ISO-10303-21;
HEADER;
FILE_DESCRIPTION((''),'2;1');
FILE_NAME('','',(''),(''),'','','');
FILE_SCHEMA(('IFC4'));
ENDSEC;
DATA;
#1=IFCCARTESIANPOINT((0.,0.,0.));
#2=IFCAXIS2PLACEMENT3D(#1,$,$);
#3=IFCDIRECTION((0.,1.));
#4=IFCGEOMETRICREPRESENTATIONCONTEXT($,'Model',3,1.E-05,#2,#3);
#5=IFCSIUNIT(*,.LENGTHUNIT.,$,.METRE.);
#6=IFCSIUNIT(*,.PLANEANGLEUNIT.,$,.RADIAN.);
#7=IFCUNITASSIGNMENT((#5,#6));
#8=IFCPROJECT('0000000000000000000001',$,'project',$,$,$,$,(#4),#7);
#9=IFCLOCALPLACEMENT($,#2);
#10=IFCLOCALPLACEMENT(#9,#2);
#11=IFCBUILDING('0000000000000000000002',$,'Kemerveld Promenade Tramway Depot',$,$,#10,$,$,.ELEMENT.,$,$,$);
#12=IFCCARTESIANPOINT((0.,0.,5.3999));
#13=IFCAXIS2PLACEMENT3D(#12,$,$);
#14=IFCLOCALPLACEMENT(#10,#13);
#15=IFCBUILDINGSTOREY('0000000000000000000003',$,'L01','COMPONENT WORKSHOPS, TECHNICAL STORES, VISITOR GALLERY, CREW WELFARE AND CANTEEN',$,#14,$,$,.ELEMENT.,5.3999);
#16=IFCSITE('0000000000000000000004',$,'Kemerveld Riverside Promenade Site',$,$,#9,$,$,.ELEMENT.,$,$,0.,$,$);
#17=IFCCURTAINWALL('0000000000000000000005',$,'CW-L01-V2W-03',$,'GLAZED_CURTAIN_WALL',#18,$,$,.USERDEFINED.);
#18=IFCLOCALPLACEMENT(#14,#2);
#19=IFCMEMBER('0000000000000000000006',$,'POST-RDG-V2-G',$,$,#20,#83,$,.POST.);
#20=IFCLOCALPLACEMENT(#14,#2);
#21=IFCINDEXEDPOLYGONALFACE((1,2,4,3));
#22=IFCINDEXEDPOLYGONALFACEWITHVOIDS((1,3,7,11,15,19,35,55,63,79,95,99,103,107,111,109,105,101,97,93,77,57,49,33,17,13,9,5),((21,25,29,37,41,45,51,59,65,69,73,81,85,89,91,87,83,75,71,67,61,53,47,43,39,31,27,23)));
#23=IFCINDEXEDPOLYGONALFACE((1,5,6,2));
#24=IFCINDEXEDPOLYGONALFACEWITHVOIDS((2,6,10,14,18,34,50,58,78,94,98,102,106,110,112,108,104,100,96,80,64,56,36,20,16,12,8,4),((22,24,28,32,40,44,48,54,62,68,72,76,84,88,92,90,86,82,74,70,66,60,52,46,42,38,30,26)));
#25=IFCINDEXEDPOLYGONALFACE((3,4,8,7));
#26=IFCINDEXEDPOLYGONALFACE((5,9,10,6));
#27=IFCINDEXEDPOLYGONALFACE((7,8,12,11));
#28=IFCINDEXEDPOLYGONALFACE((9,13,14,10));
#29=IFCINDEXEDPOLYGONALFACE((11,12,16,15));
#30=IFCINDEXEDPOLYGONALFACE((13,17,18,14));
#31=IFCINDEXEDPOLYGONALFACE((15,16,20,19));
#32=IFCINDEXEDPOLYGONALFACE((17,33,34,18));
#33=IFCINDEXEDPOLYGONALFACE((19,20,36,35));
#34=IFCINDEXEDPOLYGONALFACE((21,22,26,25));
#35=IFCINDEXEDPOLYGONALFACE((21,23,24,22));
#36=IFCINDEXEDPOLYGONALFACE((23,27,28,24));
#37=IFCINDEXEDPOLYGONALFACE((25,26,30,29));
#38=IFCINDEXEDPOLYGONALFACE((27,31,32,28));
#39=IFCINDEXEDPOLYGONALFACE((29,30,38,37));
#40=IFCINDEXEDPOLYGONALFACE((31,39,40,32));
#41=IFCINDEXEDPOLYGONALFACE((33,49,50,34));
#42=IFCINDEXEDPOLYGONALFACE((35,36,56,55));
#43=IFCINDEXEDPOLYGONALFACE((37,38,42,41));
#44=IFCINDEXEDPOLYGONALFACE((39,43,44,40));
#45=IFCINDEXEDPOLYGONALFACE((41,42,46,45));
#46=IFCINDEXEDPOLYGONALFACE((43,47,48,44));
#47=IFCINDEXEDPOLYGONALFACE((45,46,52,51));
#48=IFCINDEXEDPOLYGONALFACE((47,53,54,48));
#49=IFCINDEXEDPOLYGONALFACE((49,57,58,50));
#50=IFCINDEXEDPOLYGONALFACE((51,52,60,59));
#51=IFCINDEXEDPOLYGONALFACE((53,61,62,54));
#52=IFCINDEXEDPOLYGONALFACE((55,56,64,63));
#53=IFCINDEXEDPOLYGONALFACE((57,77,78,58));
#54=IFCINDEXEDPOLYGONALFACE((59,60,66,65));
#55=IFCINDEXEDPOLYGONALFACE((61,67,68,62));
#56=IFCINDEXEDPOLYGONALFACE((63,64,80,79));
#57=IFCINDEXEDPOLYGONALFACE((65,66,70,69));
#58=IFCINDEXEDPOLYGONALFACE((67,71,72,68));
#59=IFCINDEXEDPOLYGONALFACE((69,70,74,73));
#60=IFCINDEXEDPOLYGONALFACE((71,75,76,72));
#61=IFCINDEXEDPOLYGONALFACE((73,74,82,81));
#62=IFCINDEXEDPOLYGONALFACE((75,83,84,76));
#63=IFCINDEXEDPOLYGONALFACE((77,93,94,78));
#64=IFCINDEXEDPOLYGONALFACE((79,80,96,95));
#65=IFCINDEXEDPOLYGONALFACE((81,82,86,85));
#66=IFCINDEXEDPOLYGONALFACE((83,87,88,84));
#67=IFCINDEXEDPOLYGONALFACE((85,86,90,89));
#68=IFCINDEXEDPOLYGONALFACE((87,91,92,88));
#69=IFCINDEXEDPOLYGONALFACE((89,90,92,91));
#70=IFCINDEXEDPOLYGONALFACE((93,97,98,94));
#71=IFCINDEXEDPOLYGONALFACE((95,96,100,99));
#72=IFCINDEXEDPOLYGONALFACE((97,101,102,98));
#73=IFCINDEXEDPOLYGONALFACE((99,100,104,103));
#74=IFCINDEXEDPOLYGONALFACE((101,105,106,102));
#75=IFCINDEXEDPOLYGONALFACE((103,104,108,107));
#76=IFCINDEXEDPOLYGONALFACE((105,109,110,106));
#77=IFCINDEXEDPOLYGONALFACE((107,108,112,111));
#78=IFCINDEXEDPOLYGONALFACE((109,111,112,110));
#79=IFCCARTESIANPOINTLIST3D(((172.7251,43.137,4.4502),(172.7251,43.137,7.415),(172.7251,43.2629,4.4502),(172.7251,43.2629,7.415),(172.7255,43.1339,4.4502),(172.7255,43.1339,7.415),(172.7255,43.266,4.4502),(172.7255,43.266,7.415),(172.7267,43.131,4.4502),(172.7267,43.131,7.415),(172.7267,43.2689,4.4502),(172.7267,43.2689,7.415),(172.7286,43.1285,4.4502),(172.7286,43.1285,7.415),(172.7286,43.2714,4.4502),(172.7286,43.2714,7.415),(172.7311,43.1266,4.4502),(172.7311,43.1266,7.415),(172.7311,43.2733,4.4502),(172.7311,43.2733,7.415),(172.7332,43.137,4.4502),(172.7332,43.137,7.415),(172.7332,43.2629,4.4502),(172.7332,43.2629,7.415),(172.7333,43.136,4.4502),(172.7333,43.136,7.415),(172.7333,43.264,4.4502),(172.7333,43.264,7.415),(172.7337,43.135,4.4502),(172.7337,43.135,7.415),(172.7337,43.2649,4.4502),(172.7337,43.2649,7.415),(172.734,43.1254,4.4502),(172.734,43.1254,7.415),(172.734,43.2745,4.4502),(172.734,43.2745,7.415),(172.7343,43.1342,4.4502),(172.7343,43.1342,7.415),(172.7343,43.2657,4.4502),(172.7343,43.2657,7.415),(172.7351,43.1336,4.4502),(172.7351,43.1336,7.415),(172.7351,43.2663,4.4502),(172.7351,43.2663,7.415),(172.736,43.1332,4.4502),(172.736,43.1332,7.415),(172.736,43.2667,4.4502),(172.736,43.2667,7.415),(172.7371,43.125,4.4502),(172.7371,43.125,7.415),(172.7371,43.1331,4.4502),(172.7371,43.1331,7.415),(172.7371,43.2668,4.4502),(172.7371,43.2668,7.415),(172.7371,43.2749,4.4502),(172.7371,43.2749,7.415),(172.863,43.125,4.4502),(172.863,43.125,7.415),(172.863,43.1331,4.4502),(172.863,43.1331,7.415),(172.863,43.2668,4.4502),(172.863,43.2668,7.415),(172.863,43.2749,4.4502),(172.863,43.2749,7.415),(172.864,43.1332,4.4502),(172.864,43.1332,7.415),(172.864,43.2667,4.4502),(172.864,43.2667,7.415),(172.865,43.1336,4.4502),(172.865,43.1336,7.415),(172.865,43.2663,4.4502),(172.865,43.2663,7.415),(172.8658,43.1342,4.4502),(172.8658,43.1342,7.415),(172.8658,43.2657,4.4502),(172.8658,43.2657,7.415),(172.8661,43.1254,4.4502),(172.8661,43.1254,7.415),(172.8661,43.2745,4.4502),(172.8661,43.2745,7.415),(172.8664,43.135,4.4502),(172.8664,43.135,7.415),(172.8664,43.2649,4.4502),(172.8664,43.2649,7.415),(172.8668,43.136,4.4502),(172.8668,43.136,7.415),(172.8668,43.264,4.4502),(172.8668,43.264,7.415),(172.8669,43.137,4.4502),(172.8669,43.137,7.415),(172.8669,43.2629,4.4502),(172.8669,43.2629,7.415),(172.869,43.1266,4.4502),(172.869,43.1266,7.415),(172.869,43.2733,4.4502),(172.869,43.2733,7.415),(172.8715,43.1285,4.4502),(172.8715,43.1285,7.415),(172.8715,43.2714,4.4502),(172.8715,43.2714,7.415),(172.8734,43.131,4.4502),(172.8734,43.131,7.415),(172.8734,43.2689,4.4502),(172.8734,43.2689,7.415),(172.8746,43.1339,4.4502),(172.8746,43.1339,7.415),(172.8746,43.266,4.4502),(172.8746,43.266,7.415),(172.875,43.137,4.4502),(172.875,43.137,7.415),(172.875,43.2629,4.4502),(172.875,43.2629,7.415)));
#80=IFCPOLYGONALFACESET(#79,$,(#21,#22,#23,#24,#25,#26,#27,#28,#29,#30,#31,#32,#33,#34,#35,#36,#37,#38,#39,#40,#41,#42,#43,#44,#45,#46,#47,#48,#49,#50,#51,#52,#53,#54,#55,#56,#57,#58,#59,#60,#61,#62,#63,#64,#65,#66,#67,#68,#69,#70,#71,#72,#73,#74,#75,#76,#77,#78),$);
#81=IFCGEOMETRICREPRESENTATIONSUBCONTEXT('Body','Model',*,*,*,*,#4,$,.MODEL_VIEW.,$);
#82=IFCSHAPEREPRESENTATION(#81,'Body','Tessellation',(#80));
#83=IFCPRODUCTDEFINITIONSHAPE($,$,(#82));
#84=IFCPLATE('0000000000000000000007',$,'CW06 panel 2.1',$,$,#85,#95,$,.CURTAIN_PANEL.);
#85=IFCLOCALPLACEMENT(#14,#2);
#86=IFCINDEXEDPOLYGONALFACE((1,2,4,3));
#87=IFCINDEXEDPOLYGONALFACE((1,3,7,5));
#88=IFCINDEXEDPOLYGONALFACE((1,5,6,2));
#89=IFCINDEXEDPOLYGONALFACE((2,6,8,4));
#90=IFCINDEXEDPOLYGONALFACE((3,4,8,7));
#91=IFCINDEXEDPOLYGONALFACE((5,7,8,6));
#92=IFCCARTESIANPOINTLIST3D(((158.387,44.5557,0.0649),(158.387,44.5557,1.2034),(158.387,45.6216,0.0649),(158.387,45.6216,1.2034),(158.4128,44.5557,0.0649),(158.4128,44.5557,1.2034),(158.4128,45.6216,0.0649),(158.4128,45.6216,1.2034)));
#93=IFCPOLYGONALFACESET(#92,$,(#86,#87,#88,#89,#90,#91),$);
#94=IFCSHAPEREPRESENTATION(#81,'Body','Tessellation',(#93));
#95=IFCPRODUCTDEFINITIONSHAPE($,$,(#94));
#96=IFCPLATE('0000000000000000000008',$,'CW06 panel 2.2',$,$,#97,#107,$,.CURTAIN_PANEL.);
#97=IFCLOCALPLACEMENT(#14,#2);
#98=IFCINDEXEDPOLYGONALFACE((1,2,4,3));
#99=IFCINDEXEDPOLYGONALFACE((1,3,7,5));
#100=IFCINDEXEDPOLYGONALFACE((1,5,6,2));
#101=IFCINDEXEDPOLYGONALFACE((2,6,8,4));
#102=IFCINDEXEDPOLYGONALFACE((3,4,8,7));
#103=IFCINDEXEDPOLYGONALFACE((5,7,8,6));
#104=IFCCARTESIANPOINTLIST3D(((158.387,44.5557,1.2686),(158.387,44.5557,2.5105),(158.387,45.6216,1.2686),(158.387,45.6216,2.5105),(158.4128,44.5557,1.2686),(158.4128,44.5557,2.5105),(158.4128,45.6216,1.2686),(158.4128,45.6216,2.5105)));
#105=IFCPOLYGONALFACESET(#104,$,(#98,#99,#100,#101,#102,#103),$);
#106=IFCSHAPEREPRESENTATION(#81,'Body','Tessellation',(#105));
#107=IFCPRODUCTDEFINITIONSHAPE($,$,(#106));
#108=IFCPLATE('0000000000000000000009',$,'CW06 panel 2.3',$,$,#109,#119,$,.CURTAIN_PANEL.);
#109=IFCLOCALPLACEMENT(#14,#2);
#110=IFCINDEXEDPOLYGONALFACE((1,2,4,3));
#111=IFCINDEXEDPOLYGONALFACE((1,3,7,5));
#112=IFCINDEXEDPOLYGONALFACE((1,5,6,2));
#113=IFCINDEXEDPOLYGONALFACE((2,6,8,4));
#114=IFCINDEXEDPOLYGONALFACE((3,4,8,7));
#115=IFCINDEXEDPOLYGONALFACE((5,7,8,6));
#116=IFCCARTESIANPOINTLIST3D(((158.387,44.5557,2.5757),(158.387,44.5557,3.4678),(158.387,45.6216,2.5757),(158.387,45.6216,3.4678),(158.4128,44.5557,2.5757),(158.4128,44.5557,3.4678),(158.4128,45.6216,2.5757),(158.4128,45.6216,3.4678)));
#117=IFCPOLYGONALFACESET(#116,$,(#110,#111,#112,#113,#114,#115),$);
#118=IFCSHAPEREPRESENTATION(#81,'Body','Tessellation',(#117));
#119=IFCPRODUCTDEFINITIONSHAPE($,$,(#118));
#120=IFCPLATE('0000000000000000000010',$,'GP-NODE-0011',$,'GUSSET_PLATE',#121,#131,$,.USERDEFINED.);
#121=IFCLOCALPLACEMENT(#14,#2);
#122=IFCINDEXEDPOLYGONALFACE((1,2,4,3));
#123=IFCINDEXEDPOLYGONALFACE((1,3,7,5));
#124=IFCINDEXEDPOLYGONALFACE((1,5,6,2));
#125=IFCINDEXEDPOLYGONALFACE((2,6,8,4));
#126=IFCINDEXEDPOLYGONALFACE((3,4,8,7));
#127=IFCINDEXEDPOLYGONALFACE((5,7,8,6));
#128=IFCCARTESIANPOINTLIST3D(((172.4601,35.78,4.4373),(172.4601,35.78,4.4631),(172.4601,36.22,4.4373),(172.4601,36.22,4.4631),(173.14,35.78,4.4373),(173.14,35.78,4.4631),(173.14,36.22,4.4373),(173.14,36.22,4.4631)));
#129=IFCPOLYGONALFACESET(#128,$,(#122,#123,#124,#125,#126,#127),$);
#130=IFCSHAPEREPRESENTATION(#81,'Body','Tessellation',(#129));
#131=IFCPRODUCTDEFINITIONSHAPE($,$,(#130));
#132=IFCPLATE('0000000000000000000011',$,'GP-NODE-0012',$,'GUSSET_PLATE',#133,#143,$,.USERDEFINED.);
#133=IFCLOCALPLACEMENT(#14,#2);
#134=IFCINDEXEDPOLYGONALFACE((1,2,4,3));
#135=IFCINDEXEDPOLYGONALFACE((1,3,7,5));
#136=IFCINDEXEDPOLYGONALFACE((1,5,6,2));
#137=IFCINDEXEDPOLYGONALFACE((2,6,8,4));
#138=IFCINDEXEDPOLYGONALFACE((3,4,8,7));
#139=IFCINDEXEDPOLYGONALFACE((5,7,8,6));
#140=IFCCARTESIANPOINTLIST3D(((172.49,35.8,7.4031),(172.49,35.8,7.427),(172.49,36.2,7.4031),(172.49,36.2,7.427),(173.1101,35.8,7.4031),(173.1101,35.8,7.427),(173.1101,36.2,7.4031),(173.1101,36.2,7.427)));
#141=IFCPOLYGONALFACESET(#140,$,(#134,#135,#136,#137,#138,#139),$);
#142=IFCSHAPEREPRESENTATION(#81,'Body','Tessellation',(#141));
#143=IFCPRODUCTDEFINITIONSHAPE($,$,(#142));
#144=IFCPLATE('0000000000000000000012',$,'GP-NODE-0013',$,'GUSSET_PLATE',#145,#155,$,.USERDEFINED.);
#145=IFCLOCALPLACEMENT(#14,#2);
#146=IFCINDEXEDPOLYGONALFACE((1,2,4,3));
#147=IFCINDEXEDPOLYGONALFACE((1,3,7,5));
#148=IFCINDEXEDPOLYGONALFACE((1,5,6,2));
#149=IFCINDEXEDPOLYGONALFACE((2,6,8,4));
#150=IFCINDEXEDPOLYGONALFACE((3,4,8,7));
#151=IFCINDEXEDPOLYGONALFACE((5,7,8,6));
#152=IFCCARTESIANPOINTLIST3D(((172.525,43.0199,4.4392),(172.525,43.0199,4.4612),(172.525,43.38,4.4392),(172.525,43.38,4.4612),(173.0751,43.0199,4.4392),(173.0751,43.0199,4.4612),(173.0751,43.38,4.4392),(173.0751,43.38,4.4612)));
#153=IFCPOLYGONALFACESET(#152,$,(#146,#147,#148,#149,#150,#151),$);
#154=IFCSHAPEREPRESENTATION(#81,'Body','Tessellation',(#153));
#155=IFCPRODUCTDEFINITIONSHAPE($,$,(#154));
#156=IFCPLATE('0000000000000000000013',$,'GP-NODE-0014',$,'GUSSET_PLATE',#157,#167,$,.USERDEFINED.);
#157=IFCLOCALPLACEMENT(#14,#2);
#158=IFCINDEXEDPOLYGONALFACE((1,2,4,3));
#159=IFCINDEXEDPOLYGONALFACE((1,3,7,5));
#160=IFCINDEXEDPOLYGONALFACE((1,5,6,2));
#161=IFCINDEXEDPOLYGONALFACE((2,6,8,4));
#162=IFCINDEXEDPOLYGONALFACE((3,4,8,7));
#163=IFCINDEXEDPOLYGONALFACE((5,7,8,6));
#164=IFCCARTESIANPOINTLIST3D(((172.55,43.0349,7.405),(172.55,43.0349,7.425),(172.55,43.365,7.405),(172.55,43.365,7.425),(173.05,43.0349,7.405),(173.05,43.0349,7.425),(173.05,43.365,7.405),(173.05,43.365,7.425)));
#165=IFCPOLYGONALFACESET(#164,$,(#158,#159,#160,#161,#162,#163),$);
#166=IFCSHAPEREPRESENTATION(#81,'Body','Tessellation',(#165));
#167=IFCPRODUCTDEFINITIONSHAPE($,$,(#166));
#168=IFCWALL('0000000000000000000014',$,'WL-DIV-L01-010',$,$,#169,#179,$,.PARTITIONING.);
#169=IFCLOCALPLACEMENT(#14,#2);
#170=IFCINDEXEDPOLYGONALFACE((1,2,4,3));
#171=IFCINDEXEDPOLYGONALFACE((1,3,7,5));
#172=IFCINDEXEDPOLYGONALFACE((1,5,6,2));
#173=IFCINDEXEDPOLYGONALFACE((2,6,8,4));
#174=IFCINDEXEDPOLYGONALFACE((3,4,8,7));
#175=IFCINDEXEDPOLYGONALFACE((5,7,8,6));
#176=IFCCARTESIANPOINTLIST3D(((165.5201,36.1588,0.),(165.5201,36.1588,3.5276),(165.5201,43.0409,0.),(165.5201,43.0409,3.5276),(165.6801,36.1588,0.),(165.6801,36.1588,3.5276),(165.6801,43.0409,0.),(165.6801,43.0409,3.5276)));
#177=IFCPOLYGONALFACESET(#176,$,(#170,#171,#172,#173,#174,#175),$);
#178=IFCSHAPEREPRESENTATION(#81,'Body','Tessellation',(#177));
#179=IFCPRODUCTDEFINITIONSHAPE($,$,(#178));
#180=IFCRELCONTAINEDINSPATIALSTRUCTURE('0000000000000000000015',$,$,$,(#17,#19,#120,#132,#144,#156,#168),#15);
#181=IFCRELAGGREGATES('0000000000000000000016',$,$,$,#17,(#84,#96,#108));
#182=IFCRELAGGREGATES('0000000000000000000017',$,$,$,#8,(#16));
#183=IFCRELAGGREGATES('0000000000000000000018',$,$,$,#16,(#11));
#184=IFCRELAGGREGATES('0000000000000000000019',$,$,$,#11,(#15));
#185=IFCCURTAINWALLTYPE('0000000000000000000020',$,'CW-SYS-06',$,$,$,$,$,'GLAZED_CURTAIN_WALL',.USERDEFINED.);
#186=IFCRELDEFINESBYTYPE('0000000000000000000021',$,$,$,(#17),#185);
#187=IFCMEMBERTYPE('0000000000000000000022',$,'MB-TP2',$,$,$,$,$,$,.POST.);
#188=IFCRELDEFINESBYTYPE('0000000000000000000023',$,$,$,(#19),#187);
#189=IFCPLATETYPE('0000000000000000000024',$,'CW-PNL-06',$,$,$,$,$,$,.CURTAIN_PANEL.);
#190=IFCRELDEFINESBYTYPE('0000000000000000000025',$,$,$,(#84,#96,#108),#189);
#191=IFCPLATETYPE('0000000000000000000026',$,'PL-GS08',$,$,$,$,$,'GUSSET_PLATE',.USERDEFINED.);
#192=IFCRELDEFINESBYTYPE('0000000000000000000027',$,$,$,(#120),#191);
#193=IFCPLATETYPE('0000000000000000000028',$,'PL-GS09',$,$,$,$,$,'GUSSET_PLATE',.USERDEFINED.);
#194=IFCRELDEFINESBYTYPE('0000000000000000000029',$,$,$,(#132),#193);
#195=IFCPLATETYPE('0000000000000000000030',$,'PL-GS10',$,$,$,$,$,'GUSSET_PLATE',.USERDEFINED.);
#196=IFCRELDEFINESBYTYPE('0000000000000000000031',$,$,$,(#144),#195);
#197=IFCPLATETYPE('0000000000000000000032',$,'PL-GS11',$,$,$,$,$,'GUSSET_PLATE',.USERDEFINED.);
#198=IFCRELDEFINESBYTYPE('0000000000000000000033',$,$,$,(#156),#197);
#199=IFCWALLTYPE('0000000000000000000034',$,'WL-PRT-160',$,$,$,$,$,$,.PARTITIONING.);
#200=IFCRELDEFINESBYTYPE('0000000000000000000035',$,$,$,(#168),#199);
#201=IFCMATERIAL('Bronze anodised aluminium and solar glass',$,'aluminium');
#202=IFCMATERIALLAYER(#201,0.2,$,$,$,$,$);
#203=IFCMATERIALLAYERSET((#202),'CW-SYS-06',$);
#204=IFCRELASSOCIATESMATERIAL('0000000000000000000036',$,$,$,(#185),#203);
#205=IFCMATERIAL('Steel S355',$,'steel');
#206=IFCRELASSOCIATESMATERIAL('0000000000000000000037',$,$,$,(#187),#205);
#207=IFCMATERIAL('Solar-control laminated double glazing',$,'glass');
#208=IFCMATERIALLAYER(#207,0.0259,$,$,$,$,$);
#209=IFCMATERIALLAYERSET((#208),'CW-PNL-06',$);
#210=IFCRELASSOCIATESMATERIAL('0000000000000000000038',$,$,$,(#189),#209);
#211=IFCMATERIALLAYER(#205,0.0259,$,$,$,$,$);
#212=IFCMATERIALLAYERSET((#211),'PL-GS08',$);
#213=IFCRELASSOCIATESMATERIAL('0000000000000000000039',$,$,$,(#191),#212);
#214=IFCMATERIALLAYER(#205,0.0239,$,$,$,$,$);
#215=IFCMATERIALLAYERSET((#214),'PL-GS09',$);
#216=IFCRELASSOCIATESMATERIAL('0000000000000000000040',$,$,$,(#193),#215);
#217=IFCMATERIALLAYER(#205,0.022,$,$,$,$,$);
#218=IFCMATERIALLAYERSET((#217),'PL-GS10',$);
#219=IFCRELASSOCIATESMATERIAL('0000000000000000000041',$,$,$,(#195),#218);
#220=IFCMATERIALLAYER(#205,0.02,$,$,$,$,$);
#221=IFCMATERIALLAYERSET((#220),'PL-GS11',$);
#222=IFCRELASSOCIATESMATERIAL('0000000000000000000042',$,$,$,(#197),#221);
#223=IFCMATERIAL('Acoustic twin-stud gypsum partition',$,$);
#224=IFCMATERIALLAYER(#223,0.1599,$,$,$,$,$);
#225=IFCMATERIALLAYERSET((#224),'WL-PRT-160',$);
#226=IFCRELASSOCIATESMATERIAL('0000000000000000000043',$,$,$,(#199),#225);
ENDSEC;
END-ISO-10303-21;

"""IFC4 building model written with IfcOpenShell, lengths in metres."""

from ifc_helpers import new_model, si_unit, direction, frame, frame_2d, origin, origin_2d, place, context, subcontext, project, spatial, rectangle, hollow_rectangle, extrude, material, layer, layer_set, material_profile, profile_set, type_object, element, aggregate, save


model = new_model("IFC4")

# Units and contexts
model_context = context("Model", 3, precision=1e-05, world=origin(), true_north=direction((0.0, 1.0)))
body_context = subcontext(model_context, "Body", "Model", "MODEL_VIEW")
ifc_project = project(units=[si_unit("LENGTHUNIT", "METRE"), si_unit("PLANEANGLEUNIT", "RADIAN")], contexts=[model_context])

# Site, building, storey
site_placement = place(None, origin())
site = spatial("IfcSite", under=ifc_project, at=site_placement, Name="Kemerveld Riverside Promenade Site", CompositionType="ELEMENT", RefElevation=0.0)
building_placement = place(site_placement, origin())
building = spatial("IfcBuilding", under=site, at=building_placement, Name="Kemerveld Promenade Tramway Depot", CompositionType="ELEMENT")
storey_placement = place(building_placement, frame((0.0, 0.0, 5.3999)))
storey = spatial("IfcBuildingStorey", under=building, at=storey_placement, Name="L01", Description="COMPONENT WORKSHOPS, TECHNICAL STORES, VISITOR GALLERY, CREW WELFARE AND CANTEEN", CompositionType="ELEMENT", Elevation=5.3999)

# Shared definitions
ifc_material_1 = material(Name="Steel S355", Category="steel")

# Curtain wall
ifc_material_2 = material(Name="Bronze anodised aluminium and solar glass", Category="aluminium")
ifc_layer_1 = layer(ifc_material_2, 0.2)
ifc_layer_set_1 = layer_set([ifc_layer_1], Name="CW-SYS-06")
curtain_wall_type = type_object("IfcCurtainWallType", Name="CW-SYS-06", ElementType="GLAZED_CURTAIN_WALL", PredefinedType="USERDEFINED", material=ifc_layer_set_1)
curtain_wall_placement = place(storey_placement, origin())
curtain_wall = element("IfcCurtainWall", 1, at=curtain_wall_placement, inside=storey, type_object=curtain_wall_type, Name="CW-L01-V2W-03", ObjectType="GLAZED_CURTAIN_WALL", PredefinedType="USERDEFINED")

# Member
ifc_material_profile_1 = material_profile(ifc_material_1, hollow_rectangle(XDim=0.1499, YDim=0.1499, WallThickness=0.0081, InnerFilletRadius=0.0039, OuterFilletRadius=0.012, at=origin_2d()), Name="150x150x8.0 SHS")
ifc_profile_set_1 = profile_set([ifc_material_profile_1], Name="Steel S355")
member_type_1 = type_object("IfcMemberType", Name="MB-TP2", PredefinedType="POST", material=ifc_profile_set_1)
for number, where, z_axis, x_axis, name in (
    (2, (172.8, 43.2, 4.4502), (0.0, 0.0, 1.0), (1.0, 0.0, 0.0), "POST-RDG-V2-G"),
):
    element("IfcMember", number, at=place(storey_placement, frame(where, z_axis=z_axis, x_axis=x_axis)), inside=storey, type_object=member_type_1, Name=name, PredefinedType="POST", context=body_context, shape_type="SweptSolid", body=[
        extrude(hollow_rectangle(XDim=0.1499, YDim=0.1499, WallThickness=0.0081, InnerFilletRadius=0.0039, OuterFilletRadius=0.012, at=origin_2d()), origin(), (0.0, 0.0, 1.0), 2.9648),
    ])

# Plates
ifc_material_3 = material(Name="Solar-control laminated double glazing", Category="glass")
ifc_layer_2 = layer(ifc_material_3, 0.0259)
ifc_layer_set_2 = layer_set([ifc_layer_2], Name="CW-PNL-06")
plate_type_1 = type_object("IfcPlateType", Name="CW-PNL-06", PredefinedType="CURTAIN_PANEL", material=ifc_layer_set_2)
plate_1_placement = place(storey_placement, frame((158.3999, 45.0886, 0.0649), z_axis=(0.0, 0.0, 1.0), x_axis=(0.0, 1.0, 0.0)))
plate_1 = element("IfcPlate", 3, at=plate_1_placement, type_object=plate_type_1, Name="CW06 panel 2.1", PredefinedType="CURTAIN_PANEL", context=body_context, shape_type="SweptSolid", body=[
    extrude(rectangle(XDim=1.0659, YDim=0.0259, at=origin_2d()), origin(), (0.0, 0.0, 1.0), 1.1384),
])
plate_2_placement = place(storey_placement, frame((158.3999, 45.0886, 1.2686), z_axis=(0.0, 0.0, 1.0), x_axis=(0.0, 1.0, 0.0)))
plate_2 = element("IfcPlate", 4, at=plate_2_placement, type_object=plate_type_1, Name="CW06 panel 2.2", PredefinedType="CURTAIN_PANEL", context=body_context, shape_type="SweptSolid", body=[
    extrude(rectangle(XDim=1.0659, YDim=0.0259, at=origin_2d()), origin(), (0.0, 0.0, 1.0), 1.2419),
])
plate_3_placement = place(storey_placement, frame((158.3999, 45.0886, 2.5757), z_axis=(0.0, 0.0, 1.0), x_axis=(0.0, 1.0, 0.0)))
plate_3 = element("IfcPlate", 5, at=plate_3_placement, type_object=plate_type_1, Name="CW06 panel 2.3", PredefinedType="CURTAIN_PANEL", context=body_context, shape_type="SweptSolid", body=[
    extrude(rectangle(XDim=1.0659, YDim=0.0259, at=origin_2d()), origin(), (0.0, 0.0, 1.0), 0.8921),
])
aggregate(curtain_wall, [plate_1, plate_2, plate_3])

# Plates
ifc_layer_3 = layer(ifc_material_1, 0.0259)
ifc_layer_set_3 = layer_set([ifc_layer_3], Name="PL-GS08")
plate_type_2 = type_object("IfcPlateType", Name="PL-GS08", ElementType="GUSSET_PLATE", PredefinedType="USERDEFINED", material=ifc_layer_set_3)
plate_4_placement = place(storey_placement, frame((172.8, 36.0, 4.4373), z_axis=(0.0, 0.0, 1.0), x_axis=(1.0, 0.0, 0.0)))
element("IfcPlate", 6, at=plate_4_placement, inside=storey, type_object=plate_type_2, Name="GP-NODE-0011", ObjectType="GUSSET_PLATE", PredefinedType="USERDEFINED", context=body_context, shape_type="SweptSolid", body=[
    extrude(rectangle(XDim=0.6799, YDim=0.4399, at=origin_2d()), origin(), (0.0, 0.0, 1.0), 0.0259),
])
ifc_layer_4 = layer(ifc_material_1, 0.0239)
ifc_layer_set_4 = layer_set([ifc_layer_4], Name="PL-GS09")
plate_type_3 = type_object("IfcPlateType", Name="PL-GS09", ElementType="GUSSET_PLATE", PredefinedType="USERDEFINED", material=ifc_layer_set_4)
plate_5_placement = place(storey_placement, frame((172.8, 36.0, 7.4031), z_axis=(0.0, 0.0, 1.0), x_axis=(1.0, 0.0, 0.0)))
element("IfcPlate", 7, at=plate_5_placement, inside=storey, type_object=plate_type_3, Name="GP-NODE-0012", ObjectType="GUSSET_PLATE", PredefinedType="USERDEFINED", context=body_context, shape_type="SweptSolid", body=[
    extrude(rectangle(XDim=0.6201, YDim=0.3999, at=origin_2d()), origin(), (0.0, 0.0, 1.0), 0.0239),
])
ifc_layer_5 = layer(ifc_material_1, 0.022)
ifc_layer_set_5 = layer_set([ifc_layer_5], Name="PL-GS10")
plate_type_4 = type_object("IfcPlateType", Name="PL-GS10", ElementType="GUSSET_PLATE", PredefinedType="USERDEFINED", material=ifc_layer_set_5)
plate_6_placement = place(storey_placement, frame((172.8, 43.2, 4.4392), z_axis=(0.0, 0.0, 1.0), x_axis=(1.0, 0.0, 0.0)))
element("IfcPlate", 8, at=plate_6_placement, inside=storey, type_object=plate_type_4, Name="GP-NODE-0013", ObjectType="GUSSET_PLATE", PredefinedType="USERDEFINED", context=body_context, shape_type="SweptSolid", body=[
    extrude(rectangle(XDim=0.55, YDim=0.3601, at=origin_2d()), origin(), (0.0, 0.0, 1.0), 0.022),
])
ifc_layer_6 = layer(ifc_material_1, 0.02)
ifc_layer_set_6 = layer_set([ifc_layer_6], Name="PL-GS11")
plate_type_5 = type_object("IfcPlateType", Name="PL-GS11", ElementType="GUSSET_PLATE", PredefinedType="USERDEFINED", material=ifc_layer_set_6)
plate_7_placement = place(storey_placement, frame((172.8, 43.2, 7.405), z_axis=(0.0, 0.0, 1.0), x_axis=(1.0, 0.0, 0.0)))
element("IfcPlate", 9, at=plate_7_placement, inside=storey, type_object=plate_type_5, Name="GP-NODE-0014", ObjectType="GUSSET_PLATE", PredefinedType="USERDEFINED", context=body_context, shape_type="SweptSolid", body=[
    extrude(rectangle(XDim=0.5, YDim=0.3301, at=origin_2d()), origin(), (0.0, 0.0, 1.0), 0.02),
])

# Wall
ifc_material_4 = material(Name="Acoustic twin-stud gypsum partition")
ifc_layer_7 = layer(ifc_material_4, 0.1599)
ifc_layer_set_7 = layer_set([ifc_layer_7], Name="WL-PRT-160")
wall_type = type_object("IfcWallType", Name="WL-PRT-160", PredefinedType="PARTITIONING", material=ifc_layer_set_7)
wall_1_placement = place(storey_placement, frame((165.6001, 36.1589, 0.0), z_axis=(0.0, 0.0, 1.0), x_axis=(0.0, 1.0, 0.0)))
element("IfcWall", 10, at=wall_1_placement, inside=storey, type_object=wall_type, Name="WL-DIV-L01-010", PredefinedType="PARTITIONING", context=body_context, shape_type="SweptSolid", body=[
    extrude(rectangle(XDim=6.8821, YDim=0.1599, at=frame_2d((3.4409, 0.0))), origin(), (0.0, 0.0, 1.0), 3.5276),
])

save(model, "model.ifc")
